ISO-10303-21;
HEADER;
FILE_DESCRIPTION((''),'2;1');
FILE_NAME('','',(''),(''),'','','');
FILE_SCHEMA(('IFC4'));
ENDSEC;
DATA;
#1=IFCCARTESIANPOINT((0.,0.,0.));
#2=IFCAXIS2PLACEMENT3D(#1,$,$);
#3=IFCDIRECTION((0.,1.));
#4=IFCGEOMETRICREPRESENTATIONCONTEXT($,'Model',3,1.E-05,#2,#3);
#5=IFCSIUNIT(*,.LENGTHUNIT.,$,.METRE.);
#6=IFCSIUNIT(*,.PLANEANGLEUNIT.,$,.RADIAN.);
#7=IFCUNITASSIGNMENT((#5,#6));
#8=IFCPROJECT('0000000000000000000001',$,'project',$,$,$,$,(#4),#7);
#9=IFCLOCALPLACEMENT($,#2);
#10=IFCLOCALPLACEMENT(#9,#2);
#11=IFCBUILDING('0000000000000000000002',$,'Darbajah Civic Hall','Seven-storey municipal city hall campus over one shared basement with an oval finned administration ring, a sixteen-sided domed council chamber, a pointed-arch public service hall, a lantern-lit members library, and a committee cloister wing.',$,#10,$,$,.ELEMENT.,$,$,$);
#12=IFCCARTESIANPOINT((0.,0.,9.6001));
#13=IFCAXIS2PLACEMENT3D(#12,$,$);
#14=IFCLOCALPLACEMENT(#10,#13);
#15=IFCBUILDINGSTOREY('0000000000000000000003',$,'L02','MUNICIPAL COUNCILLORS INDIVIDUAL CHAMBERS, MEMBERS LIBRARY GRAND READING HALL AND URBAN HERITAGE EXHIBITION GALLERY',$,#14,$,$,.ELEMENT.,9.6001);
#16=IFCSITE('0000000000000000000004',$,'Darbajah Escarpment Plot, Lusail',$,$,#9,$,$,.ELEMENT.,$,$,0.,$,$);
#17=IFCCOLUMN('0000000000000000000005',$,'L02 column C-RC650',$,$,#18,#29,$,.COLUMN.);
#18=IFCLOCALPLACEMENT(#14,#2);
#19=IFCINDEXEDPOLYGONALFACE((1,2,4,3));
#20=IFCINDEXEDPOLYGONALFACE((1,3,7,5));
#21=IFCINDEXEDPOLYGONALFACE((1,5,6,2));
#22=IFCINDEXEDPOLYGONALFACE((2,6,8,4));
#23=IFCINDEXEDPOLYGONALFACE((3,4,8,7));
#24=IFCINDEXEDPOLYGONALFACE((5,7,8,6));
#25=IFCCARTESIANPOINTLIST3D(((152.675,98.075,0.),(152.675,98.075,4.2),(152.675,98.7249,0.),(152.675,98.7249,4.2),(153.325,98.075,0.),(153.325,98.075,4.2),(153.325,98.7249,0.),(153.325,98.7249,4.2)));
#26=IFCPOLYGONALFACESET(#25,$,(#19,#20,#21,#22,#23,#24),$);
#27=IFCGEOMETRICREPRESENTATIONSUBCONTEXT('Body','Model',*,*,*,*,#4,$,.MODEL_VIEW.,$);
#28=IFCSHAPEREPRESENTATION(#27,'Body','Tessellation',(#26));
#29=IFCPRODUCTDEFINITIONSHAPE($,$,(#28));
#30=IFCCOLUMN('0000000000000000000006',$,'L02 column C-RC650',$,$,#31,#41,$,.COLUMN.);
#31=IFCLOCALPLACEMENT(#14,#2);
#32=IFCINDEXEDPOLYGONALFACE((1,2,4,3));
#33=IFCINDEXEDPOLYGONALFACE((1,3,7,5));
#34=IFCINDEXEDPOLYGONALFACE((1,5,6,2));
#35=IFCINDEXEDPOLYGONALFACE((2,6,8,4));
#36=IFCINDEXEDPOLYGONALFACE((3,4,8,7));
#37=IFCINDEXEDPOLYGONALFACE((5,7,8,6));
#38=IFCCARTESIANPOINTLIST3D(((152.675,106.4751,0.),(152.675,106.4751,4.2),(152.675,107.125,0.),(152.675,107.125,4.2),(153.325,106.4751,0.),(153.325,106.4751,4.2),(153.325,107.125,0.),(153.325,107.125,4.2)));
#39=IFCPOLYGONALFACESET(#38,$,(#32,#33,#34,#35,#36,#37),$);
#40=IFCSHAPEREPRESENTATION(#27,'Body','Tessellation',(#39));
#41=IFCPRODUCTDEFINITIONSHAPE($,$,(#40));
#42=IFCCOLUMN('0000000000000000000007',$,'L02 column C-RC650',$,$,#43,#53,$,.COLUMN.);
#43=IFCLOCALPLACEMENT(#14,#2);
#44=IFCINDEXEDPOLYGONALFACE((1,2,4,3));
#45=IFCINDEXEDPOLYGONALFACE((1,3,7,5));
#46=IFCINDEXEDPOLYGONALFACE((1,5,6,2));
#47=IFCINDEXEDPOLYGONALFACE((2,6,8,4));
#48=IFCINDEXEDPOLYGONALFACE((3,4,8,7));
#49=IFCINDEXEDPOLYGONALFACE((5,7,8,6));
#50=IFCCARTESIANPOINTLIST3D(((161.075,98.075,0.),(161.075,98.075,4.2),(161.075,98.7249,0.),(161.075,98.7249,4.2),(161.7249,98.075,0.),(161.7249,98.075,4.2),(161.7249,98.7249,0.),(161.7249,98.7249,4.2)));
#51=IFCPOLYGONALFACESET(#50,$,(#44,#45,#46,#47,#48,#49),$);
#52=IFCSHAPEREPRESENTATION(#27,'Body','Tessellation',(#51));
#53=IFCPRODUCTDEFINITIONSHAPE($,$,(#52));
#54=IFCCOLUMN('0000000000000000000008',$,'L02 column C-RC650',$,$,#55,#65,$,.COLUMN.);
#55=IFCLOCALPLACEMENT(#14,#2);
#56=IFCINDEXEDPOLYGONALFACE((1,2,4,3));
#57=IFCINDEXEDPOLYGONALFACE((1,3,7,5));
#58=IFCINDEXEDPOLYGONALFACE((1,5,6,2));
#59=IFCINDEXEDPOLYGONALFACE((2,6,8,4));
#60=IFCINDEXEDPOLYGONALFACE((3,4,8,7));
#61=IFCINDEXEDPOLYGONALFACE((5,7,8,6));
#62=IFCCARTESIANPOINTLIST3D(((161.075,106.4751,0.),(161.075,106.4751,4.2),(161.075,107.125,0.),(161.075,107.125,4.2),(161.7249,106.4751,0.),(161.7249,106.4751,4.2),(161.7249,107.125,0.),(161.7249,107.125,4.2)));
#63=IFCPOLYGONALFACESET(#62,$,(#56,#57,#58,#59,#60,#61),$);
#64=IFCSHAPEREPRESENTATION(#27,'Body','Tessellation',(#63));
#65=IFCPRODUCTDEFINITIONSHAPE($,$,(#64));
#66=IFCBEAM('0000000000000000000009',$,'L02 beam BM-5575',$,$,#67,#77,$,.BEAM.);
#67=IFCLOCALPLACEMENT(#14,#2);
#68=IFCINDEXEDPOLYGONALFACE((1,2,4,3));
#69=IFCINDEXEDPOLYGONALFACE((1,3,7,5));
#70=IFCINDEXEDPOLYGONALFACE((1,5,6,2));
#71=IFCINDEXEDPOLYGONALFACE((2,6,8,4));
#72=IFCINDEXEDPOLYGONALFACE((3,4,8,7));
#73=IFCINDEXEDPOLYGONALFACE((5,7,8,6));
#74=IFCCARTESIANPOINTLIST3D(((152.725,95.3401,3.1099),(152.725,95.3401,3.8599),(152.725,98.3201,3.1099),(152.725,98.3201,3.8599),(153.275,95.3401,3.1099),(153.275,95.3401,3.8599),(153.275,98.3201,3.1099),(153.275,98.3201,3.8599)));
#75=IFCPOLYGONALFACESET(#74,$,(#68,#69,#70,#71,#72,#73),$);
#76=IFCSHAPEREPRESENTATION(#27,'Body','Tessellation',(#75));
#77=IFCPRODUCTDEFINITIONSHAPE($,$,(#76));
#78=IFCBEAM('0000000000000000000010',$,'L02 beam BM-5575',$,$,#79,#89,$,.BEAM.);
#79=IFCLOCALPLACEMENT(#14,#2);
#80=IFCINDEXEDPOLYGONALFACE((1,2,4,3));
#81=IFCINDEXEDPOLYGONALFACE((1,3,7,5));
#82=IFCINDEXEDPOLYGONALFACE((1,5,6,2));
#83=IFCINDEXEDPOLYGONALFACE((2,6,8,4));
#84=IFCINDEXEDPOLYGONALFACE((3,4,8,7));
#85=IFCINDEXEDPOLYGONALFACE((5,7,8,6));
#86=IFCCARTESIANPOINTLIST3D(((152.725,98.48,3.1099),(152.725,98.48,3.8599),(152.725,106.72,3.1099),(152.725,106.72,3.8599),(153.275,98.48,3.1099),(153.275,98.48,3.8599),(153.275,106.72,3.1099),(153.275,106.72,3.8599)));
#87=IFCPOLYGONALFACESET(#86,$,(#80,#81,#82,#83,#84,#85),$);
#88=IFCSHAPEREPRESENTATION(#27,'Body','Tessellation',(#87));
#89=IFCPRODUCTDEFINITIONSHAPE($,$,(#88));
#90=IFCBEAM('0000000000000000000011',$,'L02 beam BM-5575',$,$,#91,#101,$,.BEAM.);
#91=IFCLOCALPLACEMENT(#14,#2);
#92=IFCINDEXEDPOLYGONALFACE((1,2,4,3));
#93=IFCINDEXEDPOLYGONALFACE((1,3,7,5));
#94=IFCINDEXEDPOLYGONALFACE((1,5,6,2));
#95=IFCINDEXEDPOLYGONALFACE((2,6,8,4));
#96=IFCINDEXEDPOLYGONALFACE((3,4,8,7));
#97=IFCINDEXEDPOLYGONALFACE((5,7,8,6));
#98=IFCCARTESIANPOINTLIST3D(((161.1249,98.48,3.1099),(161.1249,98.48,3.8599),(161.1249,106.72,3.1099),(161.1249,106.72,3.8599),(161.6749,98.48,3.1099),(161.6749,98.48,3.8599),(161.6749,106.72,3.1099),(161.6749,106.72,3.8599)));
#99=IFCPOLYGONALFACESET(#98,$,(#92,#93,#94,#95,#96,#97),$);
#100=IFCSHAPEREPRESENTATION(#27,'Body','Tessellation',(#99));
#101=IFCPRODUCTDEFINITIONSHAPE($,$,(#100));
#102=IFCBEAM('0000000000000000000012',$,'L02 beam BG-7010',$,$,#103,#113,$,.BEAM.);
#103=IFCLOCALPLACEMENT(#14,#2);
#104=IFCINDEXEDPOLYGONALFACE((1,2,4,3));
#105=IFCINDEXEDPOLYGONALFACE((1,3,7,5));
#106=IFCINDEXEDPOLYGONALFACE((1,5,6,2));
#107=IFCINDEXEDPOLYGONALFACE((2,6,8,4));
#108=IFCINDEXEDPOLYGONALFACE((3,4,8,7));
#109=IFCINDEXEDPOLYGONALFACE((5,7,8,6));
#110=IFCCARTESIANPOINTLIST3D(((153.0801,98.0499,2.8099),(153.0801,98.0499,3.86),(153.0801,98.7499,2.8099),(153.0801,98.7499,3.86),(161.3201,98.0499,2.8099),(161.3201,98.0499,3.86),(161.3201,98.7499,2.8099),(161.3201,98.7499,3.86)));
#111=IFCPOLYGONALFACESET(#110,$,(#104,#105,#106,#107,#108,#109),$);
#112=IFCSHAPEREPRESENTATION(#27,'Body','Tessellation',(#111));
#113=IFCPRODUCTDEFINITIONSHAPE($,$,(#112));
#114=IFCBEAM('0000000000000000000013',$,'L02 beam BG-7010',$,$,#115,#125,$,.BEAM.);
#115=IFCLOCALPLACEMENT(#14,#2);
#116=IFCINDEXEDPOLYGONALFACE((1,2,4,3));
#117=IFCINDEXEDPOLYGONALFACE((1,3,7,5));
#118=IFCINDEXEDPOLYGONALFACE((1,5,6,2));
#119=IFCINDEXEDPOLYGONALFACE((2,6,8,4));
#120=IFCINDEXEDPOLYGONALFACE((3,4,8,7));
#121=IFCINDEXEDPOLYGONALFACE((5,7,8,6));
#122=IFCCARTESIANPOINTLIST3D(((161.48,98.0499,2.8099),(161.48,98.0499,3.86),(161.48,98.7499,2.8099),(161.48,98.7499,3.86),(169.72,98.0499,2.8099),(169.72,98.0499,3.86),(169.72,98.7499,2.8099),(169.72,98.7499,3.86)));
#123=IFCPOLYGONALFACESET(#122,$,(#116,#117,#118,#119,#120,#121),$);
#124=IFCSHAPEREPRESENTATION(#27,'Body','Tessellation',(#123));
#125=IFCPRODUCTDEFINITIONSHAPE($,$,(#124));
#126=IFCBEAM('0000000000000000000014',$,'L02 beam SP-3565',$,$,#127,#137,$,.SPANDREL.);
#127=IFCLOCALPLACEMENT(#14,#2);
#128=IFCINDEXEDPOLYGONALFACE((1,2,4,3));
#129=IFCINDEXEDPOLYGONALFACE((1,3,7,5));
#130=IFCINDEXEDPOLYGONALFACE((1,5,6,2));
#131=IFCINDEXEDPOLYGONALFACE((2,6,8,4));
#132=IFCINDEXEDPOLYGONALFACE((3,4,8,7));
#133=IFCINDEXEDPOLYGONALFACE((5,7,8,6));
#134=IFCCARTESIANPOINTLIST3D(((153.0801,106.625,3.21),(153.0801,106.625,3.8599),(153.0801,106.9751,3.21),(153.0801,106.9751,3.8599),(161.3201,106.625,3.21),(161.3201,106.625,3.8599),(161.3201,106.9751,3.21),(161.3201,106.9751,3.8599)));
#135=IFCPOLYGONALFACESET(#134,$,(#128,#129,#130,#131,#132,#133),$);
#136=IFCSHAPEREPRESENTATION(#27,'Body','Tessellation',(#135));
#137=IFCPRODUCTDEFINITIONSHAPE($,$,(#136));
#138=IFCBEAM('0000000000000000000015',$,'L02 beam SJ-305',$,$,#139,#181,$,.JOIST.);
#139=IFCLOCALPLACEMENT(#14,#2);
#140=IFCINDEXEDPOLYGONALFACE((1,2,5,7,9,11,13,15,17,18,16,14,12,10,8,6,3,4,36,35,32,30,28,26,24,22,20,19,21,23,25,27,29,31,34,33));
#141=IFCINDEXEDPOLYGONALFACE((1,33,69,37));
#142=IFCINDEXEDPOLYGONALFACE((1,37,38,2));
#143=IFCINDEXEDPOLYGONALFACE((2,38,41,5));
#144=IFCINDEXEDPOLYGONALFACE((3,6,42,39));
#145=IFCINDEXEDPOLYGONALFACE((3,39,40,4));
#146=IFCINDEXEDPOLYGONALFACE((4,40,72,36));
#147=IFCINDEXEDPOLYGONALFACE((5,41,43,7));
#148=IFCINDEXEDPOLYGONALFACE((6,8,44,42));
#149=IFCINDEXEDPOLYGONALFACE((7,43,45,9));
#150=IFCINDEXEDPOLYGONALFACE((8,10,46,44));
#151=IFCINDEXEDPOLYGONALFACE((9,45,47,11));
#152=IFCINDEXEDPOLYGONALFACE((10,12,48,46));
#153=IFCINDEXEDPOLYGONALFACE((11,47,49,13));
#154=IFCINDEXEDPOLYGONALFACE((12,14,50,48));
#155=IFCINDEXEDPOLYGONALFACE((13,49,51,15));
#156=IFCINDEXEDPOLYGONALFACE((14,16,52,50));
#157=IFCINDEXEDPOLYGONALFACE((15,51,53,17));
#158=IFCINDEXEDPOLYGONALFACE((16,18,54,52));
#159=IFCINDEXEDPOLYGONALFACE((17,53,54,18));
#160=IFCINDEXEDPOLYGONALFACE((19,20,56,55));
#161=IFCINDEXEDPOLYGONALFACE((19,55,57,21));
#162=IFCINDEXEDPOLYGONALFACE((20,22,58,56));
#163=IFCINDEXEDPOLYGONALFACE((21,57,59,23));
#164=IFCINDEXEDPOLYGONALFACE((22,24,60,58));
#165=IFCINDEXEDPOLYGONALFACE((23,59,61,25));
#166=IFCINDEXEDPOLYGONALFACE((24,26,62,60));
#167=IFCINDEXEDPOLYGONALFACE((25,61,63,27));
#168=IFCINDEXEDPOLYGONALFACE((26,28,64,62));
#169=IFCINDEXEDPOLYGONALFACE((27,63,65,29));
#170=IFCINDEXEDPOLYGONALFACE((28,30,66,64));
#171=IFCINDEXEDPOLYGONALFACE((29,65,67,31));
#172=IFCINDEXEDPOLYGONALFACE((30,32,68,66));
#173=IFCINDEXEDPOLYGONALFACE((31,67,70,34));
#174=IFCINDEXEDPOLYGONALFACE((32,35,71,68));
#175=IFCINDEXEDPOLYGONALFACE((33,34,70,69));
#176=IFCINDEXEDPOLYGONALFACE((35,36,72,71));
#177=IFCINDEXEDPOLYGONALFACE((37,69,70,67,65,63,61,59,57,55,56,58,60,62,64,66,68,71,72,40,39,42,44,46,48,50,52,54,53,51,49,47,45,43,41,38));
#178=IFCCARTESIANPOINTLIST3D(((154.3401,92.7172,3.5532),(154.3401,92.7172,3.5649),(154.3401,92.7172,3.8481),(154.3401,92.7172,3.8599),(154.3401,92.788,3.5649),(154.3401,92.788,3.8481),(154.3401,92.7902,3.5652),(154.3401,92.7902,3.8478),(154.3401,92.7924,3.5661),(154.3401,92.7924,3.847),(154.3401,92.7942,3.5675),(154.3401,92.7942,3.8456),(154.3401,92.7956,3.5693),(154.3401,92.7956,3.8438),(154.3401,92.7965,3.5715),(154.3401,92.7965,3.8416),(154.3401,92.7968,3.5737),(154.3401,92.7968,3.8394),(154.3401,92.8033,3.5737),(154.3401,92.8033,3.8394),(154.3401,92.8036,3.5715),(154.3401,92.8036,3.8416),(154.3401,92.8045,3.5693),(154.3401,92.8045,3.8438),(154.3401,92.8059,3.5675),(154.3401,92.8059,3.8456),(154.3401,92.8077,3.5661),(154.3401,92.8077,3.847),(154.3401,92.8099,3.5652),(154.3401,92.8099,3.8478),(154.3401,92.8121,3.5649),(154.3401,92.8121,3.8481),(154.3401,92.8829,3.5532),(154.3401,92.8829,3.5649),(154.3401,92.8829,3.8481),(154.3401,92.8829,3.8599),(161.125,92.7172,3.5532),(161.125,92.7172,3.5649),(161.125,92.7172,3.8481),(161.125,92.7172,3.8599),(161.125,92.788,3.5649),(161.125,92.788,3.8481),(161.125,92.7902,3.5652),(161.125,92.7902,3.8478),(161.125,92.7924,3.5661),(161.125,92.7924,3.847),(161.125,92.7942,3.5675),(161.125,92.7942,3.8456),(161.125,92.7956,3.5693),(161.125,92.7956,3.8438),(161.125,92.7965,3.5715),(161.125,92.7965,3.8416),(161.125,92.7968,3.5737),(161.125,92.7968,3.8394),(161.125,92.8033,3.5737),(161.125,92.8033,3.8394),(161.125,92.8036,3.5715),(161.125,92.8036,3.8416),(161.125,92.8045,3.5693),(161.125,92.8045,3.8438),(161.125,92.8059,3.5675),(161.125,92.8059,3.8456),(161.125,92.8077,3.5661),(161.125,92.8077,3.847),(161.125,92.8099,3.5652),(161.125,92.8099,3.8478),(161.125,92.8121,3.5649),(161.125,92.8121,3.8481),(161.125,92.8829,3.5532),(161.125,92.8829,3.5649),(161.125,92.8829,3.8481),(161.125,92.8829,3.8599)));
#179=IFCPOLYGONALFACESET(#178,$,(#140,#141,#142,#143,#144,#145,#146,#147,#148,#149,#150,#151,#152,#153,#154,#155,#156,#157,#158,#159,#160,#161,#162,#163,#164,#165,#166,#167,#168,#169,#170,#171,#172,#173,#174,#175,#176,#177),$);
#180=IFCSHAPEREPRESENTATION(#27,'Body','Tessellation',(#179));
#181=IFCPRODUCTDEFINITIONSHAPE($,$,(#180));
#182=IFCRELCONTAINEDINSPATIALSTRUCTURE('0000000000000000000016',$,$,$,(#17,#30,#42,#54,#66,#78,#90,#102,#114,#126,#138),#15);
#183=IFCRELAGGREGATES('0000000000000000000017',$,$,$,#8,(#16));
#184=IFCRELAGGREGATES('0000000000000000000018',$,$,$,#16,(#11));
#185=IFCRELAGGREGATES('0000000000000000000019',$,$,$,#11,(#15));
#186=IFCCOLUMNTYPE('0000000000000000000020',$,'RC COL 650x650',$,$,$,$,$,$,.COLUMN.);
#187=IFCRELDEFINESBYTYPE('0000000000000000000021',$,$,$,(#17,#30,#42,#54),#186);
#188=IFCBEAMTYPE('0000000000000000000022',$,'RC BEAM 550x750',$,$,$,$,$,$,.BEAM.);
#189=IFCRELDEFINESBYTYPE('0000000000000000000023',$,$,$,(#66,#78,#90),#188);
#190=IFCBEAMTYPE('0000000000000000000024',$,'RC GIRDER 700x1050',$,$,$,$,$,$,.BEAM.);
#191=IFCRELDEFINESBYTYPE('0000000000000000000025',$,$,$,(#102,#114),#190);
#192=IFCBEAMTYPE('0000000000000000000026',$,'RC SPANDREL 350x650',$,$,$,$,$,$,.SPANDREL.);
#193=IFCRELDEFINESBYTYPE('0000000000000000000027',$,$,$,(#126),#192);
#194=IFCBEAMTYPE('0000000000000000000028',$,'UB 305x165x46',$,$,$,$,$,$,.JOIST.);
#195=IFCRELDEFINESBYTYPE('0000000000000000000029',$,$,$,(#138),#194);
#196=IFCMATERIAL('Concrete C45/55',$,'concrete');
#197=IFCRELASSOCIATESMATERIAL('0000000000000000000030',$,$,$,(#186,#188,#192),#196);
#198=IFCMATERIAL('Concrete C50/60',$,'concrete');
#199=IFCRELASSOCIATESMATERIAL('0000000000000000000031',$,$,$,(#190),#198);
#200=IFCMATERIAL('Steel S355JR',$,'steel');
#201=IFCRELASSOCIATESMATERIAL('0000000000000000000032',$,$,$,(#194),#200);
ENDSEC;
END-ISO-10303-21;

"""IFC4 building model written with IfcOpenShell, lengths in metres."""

from ifc_helpers import new_model, si_unit, direction, frame, origin, origin_2d, place, context, subcontext, project, spatial, rectangle, i_section, extrude, material, material_profile, profile_set, type_object, element, save


model = new_model("IFC4")

# Units and contexts
model_context = context("Model", 3, precision=1e-05, world=origin(), true_north=direction((0.0, 1.0)))
body_context = subcontext(model_context, "Body", "Model", "MODEL_VIEW")
ifc_project = project(units=[si_unit("LENGTHUNIT", "METRE"), si_unit("PLANEANGLEUNIT", "RADIAN")], contexts=[model_context])

# Site, building, storey
site_placement = place(None, origin())
site = spatial("IfcSite", under=ifc_project, at=site_placement, Name="Darbajah Escarpment Plot, Lusail", CompositionType="ELEMENT", RefElevation=0.0)
building_placement = place(site_placement, origin())
building = spatial("IfcBuilding", under=site, at=building_placement, Name="Darbajah Civic Hall", Description="Seven-storey municipal city hall campus over one shared basement with an oval finned administration ring, a sixteen-sided domed council chamber, a pointed-arch public service hall, a lantern-lit members library, and a committee cloister wing.", CompositionType="ELEMENT")
storey_placement = place(building_placement, frame((0.0, 0.0, 9.6001)))
storey = spatial("IfcBuildingStorey", under=building, at=storey_placement, Name="L02", Description="MUNICIPAL COUNCILLORS INDIVIDUAL CHAMBERS, MEMBERS LIBRARY GRAND READING HALL AND URBAN HERITAGE EXHIBITION GALLERY", CompositionType="ELEMENT", Elevation=9.6001)

# Columns
ifc_material_1 = material(Name="Concrete C45/55", Category="concrete")
ifc_material_profile_1 = material_profile(ifc_material_1, rectangle(XDim=0.6499, YDim=0.6499, at=origin_2d()), Name="RC COL 650x650")
ifc_profile_set_1 = profile_set([ifc_material_profile_1], Name="Concrete C45/55")
column_type = type_object("IfcColumnType", Name="RC COL 650x650", PredefinedType="COLUMN", material=ifc_profile_set_1)
for number, where, z_axis, x_axis, name in (
    (1, (153.0, 98.3999, 0.0), (0.0, 0.0, 1.0), (1.0, 0.0, 0.0), "L02 column C-RC650"),
    (2, (153.0, 106.8, 0.0), (0.0, 0.0, 1.0), (1.0, 0.0, 0.0), "L02 column C-RC650"),
    (3, (161.3999, 98.3999, 0.0), (0.0, 0.0, 1.0), (1.0, 0.0, 0.0), "L02 column C-RC650"),
    (4, (161.3999, 106.8, 0.0), (0.0, 0.0, 1.0), (1.0, 0.0, 0.0), "L02 column C-RC650"),
):
    element("IfcColumn", number, at=place(storey_placement, frame(where, z_axis=z_axis, x_axis=x_axis)), inside=storey, type_object=column_type, Name=name, PredefinedType="COLUMN", context=body_context, shape_type="SweptSolid", body=[
        extrude(rectangle(XDim=0.6499, YDim=0.6499, at=origin_2d()), origin(), (0.0, 0.0, 1.0), 4.2),
    ])

# Beams
ifc_material_profile_2 = material_profile(ifc_material_1, rectangle(XDim=0.55, YDim=0.75, at=origin_2d()), Name="RC BEAM 550x750")
ifc_profile_set_2 = profile_set([ifc_material_profile_2], Name="Concrete C45/55")
beam_type_1 = type_object("IfcBeamType", Name="RC BEAM 550x750", PredefinedType="BEAM", material=ifc_profile_set_2)
beam_1_placement = place(storey_placement, frame((153.0, 95.3401, 3.4849), z_axis=(0.0, 1.0, 0.0), x_axis=(-1.0, 0.0, 0.0)))
element("IfcBeam", 5, at=beam_1_placement, inside=storey, type_object=beam_type_1, Name="L02 beam BM-5575", PredefinedType="BEAM", context=body_context, shape_type="SweptSolid", body=[
    extrude(rectangle(XDim=0.55, YDim=0.75, at=origin_2d()), origin(), (0.0, 0.0, 1.0), 2.98),
])
for number, where, z_axis, x_axis, name in (
    (6, (153.0, 98.48, 3.4849), (0.0, 1.0, 0.0), (-1.0, 0.0, 0.0), "L02 beam BM-5575"),
    (7, (161.3999, 98.48, 3.4849), (0.0, 1.0, 0.0), (-1.0, 0.0, 0.0), "L02 beam BM-5575"),
):
    element("IfcBeam", number, at=place(storey_placement, frame(where, z_axis=z_axis, x_axis=x_axis)), inside=storey, type_object=beam_type_1, Name=name, PredefinedType="BEAM", context=body_context, shape_type="SweptSolid", body=[
        extrude(rectangle(XDim=0.55, YDim=0.75, at=origin_2d()), origin(), (0.0, 0.0, 1.0), 8.24),
    ])
ifc_material_2 = material(Name="Concrete C50/60", Category="concrete")
ifc_material_profile_3 = material_profile(ifc_material_2, rectangle(XDim=0.7, YDim=1.05, at=origin_2d()), Name="RC GIRDER 700x1050")
ifc_profile_set_3 = profile_set([ifc_material_profile_3], Name="Concrete C50/60")
beam_type_2 = type_object("IfcBeamType", Name="RC GIRDER 700x1050", PredefinedType="BEAM", material=ifc_profile_set_3)
for number, where, z_axis, x_axis, name in (
    (8, (153.0801, 98.3999, 3.335), (1.0, 0.0, 0.0), (0.0, 1.0, 0.0), "L02 beam BG-7010"),
    (9, (161.48, 98.3999, 3.335), (1.0, 0.0, 0.0), (0.0, 1.0, 0.0), "L02 beam BG-7010"),
):
    element("IfcBeam", number, at=place(storey_placement, frame(where, z_axis=z_axis, x_axis=x_axis)), inside=storey, type_object=beam_type_2, Name=name, PredefinedType="BEAM", context=body_context, shape_type="SweptSolid", body=[
        extrude(rectangle(XDim=0.7, YDim=1.05, at=origin_2d()), origin(), (0.0, 0.0, 1.0), 8.24),
    ])
ifc_material_profile_4 = material_profile(ifc_material_1, rectangle(XDim=0.3501, YDim=0.6499, at=origin_2d()), Name="RC SPANDREL 350x650")
ifc_profile_set_4 = profile_set([ifc_material_profile_4], Name="Concrete C45/55")
beam_type_3 = type_object("IfcBeamType", Name="RC SPANDREL 350x650", PredefinedType="SPANDREL", material=ifc_profile_set_4)
beam_2_placement = place(storey_placement, frame((153.0801, 106.8, 3.5349), z_axis=(1.0, 0.0, 0.0), x_axis=(0.0, 1.0, 0.0)))
element("IfcBeam", 10, at=beam_2_placement, inside=storey, type_object=beam_type_3, Name="L02 beam SP-3565", PredefinedType="SPANDREL", context=body_context, shape_type="SweptSolid", body=[
    extrude(rectangle(XDim=0.3501, YDim=0.6499, at=origin_2d()), origin(), (0.0, 0.0, 1.0), 8.24),
])
ifc_material_3 = material(Name="Steel S355JR", Category="steel")
ifc_material_profile_5 = material_profile(ifc_material_3, i_section(OverallWidth=0.1658, OverallDepth=0.3066, WebThickness=0.0066, FlangeThickness=0.0117, FilletRadius=0.0088, at=origin_2d()), Name="UB 305x165x46")
ifc_profile_set_5 = profile_set([ifc_material_profile_5], Name="Steel S355JR")
beam_type_4 = type_object("IfcBeamType", Name="UB 305x165x46", PredefinedType="JOIST", material=ifc_profile_set_5)
beam_3_placement = place(storey_placement, frame((154.3401, 92.8, 3.7065), z_axis=(1.0, 0.0, 0.0), x_axis=(0.0, 1.0, 0.0)))
element("IfcBeam", 11, at=beam_3_placement, inside=storey, type_object=beam_type_4, Name="L02 beam SJ-305", PredefinedType="JOIST", context=body_context, shape_type="SweptSolid", body=[
    extrude(i_section(OverallWidth=0.1658, OverallDepth=0.3066, WebThickness=0.0066, FlangeThickness=0.0117, FilletRadius=0.0088, at=origin_2d()), origin(), (0.0, 0.0, 1.0), 6.7849),
])

save(model, "model.ifc")
